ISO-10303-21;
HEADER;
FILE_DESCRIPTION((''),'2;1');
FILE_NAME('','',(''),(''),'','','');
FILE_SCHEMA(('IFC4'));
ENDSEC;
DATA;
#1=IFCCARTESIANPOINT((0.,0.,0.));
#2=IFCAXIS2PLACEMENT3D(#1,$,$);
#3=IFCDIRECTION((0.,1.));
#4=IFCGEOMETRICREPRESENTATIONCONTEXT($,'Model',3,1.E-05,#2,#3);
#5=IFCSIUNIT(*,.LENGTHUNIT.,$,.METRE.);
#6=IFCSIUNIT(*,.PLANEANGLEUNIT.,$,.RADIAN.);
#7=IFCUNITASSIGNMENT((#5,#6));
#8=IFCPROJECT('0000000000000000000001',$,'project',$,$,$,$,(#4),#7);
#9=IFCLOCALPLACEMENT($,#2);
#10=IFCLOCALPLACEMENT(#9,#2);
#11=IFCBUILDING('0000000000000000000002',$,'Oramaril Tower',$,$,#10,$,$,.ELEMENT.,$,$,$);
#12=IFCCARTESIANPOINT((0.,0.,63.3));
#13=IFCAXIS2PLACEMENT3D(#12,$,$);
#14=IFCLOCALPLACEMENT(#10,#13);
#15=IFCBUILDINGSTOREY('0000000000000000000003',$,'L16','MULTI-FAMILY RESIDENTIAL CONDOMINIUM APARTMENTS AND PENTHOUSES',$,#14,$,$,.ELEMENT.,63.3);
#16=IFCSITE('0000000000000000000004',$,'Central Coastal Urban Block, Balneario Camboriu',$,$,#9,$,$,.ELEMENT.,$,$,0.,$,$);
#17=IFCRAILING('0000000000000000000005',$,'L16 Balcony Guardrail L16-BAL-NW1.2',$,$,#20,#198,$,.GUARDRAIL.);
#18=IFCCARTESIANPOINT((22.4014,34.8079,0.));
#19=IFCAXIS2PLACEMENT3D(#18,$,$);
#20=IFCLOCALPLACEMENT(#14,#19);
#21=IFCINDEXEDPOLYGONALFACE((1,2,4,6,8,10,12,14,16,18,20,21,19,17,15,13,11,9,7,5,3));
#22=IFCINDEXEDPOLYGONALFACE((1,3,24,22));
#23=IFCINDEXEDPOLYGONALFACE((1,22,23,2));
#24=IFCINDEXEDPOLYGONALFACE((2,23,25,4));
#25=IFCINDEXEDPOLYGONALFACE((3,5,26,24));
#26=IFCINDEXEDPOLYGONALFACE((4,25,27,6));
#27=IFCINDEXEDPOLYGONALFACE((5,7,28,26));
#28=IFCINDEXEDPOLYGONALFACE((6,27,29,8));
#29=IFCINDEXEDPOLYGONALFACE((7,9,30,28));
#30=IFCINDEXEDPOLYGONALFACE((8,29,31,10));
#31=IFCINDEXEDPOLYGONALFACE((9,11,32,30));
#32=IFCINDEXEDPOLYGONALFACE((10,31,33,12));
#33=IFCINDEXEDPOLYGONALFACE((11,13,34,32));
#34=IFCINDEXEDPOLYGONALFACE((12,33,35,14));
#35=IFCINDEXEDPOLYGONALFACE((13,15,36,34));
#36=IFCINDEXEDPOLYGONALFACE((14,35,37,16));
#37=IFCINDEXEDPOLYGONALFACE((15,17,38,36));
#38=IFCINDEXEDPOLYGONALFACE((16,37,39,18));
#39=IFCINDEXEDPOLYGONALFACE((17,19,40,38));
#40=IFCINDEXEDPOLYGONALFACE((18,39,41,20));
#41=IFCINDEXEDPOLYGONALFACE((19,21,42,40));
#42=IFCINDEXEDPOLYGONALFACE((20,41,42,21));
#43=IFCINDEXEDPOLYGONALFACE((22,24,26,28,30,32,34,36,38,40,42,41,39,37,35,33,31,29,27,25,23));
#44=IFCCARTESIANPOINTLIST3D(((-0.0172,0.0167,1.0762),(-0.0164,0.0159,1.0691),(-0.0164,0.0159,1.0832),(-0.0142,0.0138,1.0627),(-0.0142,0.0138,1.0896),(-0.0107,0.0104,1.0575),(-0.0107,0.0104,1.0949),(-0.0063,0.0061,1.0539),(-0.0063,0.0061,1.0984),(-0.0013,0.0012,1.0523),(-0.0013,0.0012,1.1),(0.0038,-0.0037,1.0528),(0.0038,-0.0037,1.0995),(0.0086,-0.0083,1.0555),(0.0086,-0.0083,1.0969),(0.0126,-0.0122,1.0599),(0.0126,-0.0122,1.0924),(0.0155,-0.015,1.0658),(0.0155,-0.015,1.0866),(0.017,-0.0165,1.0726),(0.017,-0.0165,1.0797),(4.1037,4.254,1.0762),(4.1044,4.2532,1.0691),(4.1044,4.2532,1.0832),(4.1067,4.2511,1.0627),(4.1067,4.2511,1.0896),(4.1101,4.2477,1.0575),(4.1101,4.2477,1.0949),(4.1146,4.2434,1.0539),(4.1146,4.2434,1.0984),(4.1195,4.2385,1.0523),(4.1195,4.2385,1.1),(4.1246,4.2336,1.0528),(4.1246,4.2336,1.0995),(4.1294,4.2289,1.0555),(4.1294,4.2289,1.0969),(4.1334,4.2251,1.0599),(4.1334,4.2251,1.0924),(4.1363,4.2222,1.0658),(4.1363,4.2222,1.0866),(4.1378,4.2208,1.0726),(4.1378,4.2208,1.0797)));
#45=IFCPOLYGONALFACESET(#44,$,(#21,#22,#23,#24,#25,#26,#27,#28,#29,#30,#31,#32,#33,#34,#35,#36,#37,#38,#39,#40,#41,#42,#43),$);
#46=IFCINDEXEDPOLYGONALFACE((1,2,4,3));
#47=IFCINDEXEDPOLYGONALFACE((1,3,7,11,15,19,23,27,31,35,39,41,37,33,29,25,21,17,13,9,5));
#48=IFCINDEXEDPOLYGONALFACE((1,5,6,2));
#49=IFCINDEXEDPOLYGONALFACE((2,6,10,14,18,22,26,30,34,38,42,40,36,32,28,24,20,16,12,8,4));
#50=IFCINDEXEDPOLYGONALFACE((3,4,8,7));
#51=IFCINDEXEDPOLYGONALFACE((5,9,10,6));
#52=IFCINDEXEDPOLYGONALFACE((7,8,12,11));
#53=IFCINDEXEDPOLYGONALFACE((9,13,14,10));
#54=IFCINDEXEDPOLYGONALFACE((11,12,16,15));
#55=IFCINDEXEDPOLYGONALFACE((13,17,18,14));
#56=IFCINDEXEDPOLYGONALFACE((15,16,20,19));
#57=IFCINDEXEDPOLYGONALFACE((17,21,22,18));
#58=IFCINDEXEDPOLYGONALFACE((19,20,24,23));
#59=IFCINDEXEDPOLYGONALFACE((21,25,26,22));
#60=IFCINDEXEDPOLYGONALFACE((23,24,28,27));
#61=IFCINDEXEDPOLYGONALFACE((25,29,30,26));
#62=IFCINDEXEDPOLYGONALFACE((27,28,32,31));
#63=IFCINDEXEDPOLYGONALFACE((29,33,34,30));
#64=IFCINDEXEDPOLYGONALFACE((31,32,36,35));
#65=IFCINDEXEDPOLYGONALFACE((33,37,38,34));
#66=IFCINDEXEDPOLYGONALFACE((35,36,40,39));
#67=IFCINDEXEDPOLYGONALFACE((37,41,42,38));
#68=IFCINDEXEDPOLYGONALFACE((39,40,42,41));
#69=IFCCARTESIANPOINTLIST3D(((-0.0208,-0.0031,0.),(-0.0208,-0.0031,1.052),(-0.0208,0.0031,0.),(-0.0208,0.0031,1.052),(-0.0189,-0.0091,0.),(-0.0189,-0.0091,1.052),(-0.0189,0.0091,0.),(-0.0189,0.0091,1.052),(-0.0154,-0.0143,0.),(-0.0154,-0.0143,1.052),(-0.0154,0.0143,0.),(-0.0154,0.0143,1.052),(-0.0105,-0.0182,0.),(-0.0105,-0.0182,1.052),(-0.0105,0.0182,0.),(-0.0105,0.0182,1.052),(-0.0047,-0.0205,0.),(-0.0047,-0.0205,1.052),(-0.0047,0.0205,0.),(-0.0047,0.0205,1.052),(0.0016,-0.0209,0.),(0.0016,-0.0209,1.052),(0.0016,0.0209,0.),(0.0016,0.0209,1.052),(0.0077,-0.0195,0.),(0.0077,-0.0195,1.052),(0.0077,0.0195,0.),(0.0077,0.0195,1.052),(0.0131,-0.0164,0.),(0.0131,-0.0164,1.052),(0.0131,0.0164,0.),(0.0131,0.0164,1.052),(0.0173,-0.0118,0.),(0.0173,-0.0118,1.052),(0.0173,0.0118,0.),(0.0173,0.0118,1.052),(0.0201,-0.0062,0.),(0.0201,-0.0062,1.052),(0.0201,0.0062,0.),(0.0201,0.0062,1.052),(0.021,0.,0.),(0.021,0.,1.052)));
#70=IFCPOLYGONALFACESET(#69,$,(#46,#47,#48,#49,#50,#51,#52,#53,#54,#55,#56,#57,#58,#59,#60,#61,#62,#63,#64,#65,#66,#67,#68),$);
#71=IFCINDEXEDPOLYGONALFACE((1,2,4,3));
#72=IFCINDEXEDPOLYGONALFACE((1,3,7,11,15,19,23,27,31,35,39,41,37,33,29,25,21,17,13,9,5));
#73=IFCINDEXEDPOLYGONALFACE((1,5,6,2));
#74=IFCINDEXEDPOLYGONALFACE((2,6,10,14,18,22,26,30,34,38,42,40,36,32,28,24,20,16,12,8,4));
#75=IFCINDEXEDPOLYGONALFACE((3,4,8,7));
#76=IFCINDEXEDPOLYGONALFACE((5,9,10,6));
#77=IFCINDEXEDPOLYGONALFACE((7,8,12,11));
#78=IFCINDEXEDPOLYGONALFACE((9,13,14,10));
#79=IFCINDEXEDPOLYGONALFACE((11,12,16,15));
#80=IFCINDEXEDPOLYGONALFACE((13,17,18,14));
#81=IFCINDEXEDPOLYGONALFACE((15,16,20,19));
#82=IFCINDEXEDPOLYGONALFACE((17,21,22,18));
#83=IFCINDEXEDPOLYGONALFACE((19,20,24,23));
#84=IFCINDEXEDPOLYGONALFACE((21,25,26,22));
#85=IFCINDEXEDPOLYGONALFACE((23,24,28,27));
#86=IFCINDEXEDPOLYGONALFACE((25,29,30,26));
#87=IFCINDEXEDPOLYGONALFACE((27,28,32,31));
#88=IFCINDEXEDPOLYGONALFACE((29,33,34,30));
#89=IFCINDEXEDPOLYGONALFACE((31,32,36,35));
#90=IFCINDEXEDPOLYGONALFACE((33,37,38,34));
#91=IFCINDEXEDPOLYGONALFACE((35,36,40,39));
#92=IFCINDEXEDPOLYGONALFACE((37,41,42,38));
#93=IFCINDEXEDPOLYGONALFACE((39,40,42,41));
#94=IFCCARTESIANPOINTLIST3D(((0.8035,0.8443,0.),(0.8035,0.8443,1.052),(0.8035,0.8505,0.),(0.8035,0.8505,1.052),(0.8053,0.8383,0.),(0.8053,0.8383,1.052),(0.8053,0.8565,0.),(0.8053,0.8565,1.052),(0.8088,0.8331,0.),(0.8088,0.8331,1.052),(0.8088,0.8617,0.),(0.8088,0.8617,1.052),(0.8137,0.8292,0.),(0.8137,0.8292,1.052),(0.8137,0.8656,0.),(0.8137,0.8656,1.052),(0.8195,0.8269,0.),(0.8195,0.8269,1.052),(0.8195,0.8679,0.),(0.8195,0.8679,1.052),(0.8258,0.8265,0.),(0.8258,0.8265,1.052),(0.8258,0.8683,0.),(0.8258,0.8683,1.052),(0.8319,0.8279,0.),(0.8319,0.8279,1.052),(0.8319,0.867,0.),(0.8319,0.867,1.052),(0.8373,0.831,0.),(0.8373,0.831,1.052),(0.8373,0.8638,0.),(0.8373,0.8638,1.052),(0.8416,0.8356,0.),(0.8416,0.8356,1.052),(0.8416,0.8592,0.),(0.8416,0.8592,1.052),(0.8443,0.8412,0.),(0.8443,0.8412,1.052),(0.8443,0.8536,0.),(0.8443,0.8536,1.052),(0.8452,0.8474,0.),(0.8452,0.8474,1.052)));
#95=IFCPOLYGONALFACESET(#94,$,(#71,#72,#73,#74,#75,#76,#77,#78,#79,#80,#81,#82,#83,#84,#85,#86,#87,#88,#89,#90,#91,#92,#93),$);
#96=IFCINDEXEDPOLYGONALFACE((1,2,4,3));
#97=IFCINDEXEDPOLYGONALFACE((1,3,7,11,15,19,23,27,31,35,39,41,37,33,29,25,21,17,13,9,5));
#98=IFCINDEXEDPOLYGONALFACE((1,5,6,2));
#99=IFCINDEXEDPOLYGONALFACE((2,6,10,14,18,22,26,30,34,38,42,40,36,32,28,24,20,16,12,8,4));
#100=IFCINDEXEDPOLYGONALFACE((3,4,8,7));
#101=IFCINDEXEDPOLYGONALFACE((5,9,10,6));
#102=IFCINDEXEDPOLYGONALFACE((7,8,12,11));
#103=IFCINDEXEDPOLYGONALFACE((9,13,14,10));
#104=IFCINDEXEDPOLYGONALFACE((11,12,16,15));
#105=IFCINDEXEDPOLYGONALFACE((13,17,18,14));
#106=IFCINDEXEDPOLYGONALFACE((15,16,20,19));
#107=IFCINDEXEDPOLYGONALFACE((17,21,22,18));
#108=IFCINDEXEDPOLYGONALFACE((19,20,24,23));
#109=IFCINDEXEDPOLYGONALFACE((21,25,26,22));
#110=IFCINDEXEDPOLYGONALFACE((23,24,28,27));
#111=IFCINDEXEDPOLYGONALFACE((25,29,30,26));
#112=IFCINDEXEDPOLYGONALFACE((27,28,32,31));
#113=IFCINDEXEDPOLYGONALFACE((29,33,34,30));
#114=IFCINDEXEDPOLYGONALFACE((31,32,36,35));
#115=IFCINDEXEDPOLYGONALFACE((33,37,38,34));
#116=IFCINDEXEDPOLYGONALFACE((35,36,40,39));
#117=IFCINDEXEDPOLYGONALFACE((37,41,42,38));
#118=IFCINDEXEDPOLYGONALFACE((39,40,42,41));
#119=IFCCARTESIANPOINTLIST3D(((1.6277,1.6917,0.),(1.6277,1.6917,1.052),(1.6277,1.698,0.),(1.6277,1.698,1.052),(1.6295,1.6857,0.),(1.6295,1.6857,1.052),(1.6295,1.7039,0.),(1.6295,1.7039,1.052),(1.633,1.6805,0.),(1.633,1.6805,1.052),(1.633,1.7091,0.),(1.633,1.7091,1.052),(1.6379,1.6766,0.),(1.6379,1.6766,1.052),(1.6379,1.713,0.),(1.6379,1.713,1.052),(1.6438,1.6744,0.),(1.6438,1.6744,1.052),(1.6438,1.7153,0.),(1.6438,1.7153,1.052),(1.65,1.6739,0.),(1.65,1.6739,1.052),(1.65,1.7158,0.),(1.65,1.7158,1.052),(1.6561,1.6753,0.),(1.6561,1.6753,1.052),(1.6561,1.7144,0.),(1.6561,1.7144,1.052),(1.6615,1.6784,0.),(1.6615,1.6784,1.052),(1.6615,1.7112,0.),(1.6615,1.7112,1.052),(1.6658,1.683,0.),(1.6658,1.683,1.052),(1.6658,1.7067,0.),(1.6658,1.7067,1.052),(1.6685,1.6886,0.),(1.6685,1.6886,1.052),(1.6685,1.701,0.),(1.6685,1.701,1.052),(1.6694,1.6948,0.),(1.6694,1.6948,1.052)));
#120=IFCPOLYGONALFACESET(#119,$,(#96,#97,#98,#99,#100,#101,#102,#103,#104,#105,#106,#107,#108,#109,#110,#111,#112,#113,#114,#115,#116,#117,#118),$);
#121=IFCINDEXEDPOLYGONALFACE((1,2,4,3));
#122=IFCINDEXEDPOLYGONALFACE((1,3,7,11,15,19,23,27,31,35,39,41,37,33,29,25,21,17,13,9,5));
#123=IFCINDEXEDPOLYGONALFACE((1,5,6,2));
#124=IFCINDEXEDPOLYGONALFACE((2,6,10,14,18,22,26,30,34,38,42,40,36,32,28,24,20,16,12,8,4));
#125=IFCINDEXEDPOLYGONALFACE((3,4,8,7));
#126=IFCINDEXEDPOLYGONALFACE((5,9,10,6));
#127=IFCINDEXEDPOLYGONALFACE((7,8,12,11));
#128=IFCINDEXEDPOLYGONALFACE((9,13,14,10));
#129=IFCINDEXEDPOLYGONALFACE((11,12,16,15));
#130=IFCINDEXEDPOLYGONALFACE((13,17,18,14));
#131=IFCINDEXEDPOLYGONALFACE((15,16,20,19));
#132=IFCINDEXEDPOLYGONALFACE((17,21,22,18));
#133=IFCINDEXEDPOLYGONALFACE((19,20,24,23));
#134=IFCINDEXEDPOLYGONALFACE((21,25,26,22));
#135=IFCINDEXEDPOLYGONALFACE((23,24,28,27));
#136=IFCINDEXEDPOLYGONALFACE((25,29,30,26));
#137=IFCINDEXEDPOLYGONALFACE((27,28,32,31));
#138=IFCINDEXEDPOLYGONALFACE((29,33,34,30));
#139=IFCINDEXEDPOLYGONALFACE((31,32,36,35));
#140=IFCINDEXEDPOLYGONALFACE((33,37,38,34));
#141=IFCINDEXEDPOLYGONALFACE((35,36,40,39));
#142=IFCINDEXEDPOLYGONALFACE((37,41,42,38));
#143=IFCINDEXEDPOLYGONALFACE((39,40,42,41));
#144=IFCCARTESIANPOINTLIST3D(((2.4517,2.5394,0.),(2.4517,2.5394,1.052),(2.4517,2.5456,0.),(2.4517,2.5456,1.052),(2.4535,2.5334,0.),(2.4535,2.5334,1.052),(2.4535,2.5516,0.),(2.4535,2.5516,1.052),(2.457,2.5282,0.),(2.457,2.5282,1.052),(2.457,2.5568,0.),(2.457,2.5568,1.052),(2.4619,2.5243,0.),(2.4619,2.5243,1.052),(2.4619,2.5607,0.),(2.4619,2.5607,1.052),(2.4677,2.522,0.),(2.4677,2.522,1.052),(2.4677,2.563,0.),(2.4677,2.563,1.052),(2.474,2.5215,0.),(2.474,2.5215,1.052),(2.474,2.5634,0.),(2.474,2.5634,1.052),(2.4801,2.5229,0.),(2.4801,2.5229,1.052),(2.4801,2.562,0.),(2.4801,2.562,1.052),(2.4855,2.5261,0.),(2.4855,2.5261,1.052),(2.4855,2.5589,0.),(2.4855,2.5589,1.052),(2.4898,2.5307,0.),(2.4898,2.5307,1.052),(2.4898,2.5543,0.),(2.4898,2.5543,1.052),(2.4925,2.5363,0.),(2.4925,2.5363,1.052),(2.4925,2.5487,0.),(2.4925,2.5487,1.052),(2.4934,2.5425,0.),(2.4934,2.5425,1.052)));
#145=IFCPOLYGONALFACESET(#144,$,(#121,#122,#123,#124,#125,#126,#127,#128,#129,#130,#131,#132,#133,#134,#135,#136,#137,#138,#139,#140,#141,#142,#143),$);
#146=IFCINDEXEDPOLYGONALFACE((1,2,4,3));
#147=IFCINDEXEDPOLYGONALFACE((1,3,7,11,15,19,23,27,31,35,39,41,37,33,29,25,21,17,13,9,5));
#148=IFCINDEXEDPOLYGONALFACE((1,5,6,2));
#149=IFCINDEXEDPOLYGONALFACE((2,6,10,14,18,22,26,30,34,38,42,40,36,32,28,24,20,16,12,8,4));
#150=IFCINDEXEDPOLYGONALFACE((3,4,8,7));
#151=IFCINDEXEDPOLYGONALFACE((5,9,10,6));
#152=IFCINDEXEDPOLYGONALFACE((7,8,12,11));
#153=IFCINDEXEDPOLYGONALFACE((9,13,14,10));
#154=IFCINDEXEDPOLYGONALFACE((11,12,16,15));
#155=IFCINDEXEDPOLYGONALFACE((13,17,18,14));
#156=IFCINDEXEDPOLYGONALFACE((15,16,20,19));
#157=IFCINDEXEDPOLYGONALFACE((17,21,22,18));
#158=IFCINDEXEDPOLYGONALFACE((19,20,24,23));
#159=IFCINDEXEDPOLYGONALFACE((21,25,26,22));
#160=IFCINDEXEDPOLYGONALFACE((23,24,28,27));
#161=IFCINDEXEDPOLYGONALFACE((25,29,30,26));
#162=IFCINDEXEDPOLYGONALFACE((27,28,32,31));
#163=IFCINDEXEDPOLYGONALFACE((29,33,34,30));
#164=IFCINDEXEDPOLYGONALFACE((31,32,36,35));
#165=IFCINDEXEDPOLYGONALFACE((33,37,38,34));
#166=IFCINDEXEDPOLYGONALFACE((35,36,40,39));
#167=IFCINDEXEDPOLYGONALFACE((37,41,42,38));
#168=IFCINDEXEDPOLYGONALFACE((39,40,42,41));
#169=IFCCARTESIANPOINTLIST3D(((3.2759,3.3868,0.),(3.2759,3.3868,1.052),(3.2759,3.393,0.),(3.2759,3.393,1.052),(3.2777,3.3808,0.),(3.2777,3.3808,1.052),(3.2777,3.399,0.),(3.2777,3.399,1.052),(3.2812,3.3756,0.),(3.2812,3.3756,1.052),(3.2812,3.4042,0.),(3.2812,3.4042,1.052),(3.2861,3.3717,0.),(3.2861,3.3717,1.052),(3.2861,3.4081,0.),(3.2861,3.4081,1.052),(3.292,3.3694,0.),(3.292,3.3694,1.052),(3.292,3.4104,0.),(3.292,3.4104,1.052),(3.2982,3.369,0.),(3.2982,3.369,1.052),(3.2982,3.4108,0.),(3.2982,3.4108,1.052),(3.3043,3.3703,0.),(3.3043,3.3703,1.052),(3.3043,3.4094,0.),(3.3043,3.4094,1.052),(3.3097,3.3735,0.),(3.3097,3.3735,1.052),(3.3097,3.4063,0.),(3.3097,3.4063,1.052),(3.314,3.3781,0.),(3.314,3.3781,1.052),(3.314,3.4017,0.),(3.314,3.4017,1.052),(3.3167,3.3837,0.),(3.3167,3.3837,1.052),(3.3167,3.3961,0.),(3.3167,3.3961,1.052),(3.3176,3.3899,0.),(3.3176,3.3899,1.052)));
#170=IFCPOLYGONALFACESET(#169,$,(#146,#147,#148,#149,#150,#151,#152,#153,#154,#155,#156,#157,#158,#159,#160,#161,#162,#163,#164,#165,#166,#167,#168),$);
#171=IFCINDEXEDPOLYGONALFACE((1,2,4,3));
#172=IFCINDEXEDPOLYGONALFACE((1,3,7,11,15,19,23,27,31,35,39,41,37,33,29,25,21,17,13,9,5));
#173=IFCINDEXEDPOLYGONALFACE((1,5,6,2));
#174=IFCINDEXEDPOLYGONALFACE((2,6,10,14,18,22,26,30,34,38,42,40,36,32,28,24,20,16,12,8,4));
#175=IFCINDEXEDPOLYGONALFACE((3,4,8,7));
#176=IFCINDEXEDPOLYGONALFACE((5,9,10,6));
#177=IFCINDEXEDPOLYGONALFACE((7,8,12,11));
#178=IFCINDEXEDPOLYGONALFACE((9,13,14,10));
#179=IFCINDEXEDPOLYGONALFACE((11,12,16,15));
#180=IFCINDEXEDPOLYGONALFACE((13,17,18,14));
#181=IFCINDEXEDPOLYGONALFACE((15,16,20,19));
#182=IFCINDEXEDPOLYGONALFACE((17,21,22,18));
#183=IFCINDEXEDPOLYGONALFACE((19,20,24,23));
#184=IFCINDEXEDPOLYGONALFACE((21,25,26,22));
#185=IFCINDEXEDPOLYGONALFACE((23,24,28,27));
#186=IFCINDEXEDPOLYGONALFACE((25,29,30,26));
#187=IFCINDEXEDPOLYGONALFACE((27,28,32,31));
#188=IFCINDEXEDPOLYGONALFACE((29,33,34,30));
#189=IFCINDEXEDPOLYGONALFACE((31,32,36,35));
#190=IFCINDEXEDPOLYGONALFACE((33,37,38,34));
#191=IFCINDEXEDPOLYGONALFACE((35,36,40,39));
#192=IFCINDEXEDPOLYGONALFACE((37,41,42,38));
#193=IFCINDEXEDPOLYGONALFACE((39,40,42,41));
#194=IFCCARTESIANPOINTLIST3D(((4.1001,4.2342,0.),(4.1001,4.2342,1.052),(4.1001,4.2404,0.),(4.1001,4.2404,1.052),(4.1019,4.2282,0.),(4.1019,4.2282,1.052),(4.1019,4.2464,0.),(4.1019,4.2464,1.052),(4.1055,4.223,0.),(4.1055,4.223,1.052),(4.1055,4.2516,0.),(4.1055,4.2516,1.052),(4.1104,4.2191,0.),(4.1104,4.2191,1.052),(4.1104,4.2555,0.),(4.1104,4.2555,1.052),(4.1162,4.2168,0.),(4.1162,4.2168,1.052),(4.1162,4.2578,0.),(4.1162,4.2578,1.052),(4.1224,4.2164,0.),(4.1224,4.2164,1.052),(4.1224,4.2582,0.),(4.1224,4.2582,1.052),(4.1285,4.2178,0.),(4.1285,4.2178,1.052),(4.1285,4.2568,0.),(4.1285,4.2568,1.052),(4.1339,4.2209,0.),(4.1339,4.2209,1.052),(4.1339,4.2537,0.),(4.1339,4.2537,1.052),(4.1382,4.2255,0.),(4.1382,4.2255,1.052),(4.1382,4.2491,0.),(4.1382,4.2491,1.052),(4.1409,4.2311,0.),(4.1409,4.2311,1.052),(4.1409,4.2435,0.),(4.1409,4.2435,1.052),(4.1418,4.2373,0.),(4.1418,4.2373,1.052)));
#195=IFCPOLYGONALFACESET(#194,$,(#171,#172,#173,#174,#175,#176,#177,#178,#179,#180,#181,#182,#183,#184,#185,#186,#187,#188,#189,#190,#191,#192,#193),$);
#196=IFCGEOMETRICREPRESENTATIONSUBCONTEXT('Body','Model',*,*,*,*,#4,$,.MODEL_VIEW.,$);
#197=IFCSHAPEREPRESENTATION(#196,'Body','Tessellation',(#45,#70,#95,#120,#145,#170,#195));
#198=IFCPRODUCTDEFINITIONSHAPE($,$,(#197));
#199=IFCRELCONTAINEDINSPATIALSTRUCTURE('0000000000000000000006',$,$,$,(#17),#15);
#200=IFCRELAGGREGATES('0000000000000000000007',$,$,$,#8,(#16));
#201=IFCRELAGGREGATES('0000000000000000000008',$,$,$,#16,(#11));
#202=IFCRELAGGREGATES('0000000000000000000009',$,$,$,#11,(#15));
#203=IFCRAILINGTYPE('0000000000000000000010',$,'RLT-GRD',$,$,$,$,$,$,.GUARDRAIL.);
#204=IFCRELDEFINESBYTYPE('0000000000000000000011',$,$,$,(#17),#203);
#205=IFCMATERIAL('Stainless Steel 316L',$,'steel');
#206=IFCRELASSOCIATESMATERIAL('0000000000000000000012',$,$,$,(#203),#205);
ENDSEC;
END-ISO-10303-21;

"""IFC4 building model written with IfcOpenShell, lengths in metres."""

from ifc_helpers import new_model, si_unit, direction, frame, origin, origin_2d, place, context, subcontext, project, spatial, circle, extrude, material, type_object, element, save


model = new_model("IFC4")

# Units and contexts
model_context = context("Model", 3, precision=1e-05, world=origin(), true_north=direction((0.0, 1.0)))
body_context = subcontext(model_context, "Body", "Model", "MODEL_VIEW")
ifc_project = project(units=[si_unit("LENGTHUNIT", "METRE"), si_unit("PLANEANGLEUNIT", "RADIAN")], contexts=[model_context])

# Site, building, storey
site_placement = place(None, origin())
site = spatial("IfcSite", under=ifc_project, at=site_placement, Name="Central Coastal Urban Block, Balneario Camboriu", CompositionType="ELEMENT", RefElevation=0.0)
building_placement = place(site_placement, origin())
building = spatial("IfcBuilding", under=site, at=building_placement, Name="Oramaril Tower", CompositionType="ELEMENT")
storey_placement = place(building_placement, frame((0.0, 0.0, 63.3)))
storey = spatial("IfcBuildingStorey", under=building, at=storey_placement, Name="L16", Description="MULTI-FAMILY RESIDENTIAL CONDOMINIUM APARTMENTS AND PENTHOUSES", CompositionType="ELEMENT", Elevation=63.3)

# Railing
ifc_material_1 = material(Name="Stainless Steel 316L", Category="steel")
railing_type = type_object("IfcRailingType", Name="RLT-GRD", PredefinedType="GUARDRAIL", material=ifc_material_1)
railing_1_placement = place(storey_placement, frame((22.4014, 34.8079, 0.0)))
element("IfcRailing", 1, at=railing_1_placement, inside=storey, type_object=railing_type, Name="L16 Balcony Guardrail L16-BAL-NW1.2", PredefinedType="GUARDRAIL", context=body_context, shape_type="SweptSolid", body=[
    extrude(circle(Radius=0.0239, at=origin_2d()), frame((0.0, 0.0, 1.0762), z_axis=(0.697187, 0.716889, 0.0), x_axis=(-0.716889, 0.697187, 0.0)), (0.0, 0.0, 1.0), 5.9106),
    extrude(circle(Radius=0.021, at=origin_2d()), origin(), (0.0, 0.0, 1.0), 1.052),
    extrude(circle(Radius=0.021, at=origin_2d()), frame((0.8242, 0.8474, 0.0)), (0.0, 0.0, 1.0), 1.052),
    extrude(circle(Radius=0.021, at=origin_2d()), frame((1.6484, 1.6948, 0.0)), (0.0, 0.0, 1.0), 1.052),
    extrude(circle(Radius=0.021, at=origin_2d()), frame((2.4724, 2.5425, 0.0)), (0.0, 0.0, 1.0), 1.052),
    extrude(circle(Radius=0.021, at=origin_2d()), frame((3.2966, 3.3899, 0.0)), (0.0, 0.0, 1.0), 1.052),
    extrude(circle(Radius=0.021, at=origin_2d()), frame((4.1208, 4.2373, 0.0)), (0.0, 0.0, 1.0), 1.052),
])

save(model, "model.ifc")
